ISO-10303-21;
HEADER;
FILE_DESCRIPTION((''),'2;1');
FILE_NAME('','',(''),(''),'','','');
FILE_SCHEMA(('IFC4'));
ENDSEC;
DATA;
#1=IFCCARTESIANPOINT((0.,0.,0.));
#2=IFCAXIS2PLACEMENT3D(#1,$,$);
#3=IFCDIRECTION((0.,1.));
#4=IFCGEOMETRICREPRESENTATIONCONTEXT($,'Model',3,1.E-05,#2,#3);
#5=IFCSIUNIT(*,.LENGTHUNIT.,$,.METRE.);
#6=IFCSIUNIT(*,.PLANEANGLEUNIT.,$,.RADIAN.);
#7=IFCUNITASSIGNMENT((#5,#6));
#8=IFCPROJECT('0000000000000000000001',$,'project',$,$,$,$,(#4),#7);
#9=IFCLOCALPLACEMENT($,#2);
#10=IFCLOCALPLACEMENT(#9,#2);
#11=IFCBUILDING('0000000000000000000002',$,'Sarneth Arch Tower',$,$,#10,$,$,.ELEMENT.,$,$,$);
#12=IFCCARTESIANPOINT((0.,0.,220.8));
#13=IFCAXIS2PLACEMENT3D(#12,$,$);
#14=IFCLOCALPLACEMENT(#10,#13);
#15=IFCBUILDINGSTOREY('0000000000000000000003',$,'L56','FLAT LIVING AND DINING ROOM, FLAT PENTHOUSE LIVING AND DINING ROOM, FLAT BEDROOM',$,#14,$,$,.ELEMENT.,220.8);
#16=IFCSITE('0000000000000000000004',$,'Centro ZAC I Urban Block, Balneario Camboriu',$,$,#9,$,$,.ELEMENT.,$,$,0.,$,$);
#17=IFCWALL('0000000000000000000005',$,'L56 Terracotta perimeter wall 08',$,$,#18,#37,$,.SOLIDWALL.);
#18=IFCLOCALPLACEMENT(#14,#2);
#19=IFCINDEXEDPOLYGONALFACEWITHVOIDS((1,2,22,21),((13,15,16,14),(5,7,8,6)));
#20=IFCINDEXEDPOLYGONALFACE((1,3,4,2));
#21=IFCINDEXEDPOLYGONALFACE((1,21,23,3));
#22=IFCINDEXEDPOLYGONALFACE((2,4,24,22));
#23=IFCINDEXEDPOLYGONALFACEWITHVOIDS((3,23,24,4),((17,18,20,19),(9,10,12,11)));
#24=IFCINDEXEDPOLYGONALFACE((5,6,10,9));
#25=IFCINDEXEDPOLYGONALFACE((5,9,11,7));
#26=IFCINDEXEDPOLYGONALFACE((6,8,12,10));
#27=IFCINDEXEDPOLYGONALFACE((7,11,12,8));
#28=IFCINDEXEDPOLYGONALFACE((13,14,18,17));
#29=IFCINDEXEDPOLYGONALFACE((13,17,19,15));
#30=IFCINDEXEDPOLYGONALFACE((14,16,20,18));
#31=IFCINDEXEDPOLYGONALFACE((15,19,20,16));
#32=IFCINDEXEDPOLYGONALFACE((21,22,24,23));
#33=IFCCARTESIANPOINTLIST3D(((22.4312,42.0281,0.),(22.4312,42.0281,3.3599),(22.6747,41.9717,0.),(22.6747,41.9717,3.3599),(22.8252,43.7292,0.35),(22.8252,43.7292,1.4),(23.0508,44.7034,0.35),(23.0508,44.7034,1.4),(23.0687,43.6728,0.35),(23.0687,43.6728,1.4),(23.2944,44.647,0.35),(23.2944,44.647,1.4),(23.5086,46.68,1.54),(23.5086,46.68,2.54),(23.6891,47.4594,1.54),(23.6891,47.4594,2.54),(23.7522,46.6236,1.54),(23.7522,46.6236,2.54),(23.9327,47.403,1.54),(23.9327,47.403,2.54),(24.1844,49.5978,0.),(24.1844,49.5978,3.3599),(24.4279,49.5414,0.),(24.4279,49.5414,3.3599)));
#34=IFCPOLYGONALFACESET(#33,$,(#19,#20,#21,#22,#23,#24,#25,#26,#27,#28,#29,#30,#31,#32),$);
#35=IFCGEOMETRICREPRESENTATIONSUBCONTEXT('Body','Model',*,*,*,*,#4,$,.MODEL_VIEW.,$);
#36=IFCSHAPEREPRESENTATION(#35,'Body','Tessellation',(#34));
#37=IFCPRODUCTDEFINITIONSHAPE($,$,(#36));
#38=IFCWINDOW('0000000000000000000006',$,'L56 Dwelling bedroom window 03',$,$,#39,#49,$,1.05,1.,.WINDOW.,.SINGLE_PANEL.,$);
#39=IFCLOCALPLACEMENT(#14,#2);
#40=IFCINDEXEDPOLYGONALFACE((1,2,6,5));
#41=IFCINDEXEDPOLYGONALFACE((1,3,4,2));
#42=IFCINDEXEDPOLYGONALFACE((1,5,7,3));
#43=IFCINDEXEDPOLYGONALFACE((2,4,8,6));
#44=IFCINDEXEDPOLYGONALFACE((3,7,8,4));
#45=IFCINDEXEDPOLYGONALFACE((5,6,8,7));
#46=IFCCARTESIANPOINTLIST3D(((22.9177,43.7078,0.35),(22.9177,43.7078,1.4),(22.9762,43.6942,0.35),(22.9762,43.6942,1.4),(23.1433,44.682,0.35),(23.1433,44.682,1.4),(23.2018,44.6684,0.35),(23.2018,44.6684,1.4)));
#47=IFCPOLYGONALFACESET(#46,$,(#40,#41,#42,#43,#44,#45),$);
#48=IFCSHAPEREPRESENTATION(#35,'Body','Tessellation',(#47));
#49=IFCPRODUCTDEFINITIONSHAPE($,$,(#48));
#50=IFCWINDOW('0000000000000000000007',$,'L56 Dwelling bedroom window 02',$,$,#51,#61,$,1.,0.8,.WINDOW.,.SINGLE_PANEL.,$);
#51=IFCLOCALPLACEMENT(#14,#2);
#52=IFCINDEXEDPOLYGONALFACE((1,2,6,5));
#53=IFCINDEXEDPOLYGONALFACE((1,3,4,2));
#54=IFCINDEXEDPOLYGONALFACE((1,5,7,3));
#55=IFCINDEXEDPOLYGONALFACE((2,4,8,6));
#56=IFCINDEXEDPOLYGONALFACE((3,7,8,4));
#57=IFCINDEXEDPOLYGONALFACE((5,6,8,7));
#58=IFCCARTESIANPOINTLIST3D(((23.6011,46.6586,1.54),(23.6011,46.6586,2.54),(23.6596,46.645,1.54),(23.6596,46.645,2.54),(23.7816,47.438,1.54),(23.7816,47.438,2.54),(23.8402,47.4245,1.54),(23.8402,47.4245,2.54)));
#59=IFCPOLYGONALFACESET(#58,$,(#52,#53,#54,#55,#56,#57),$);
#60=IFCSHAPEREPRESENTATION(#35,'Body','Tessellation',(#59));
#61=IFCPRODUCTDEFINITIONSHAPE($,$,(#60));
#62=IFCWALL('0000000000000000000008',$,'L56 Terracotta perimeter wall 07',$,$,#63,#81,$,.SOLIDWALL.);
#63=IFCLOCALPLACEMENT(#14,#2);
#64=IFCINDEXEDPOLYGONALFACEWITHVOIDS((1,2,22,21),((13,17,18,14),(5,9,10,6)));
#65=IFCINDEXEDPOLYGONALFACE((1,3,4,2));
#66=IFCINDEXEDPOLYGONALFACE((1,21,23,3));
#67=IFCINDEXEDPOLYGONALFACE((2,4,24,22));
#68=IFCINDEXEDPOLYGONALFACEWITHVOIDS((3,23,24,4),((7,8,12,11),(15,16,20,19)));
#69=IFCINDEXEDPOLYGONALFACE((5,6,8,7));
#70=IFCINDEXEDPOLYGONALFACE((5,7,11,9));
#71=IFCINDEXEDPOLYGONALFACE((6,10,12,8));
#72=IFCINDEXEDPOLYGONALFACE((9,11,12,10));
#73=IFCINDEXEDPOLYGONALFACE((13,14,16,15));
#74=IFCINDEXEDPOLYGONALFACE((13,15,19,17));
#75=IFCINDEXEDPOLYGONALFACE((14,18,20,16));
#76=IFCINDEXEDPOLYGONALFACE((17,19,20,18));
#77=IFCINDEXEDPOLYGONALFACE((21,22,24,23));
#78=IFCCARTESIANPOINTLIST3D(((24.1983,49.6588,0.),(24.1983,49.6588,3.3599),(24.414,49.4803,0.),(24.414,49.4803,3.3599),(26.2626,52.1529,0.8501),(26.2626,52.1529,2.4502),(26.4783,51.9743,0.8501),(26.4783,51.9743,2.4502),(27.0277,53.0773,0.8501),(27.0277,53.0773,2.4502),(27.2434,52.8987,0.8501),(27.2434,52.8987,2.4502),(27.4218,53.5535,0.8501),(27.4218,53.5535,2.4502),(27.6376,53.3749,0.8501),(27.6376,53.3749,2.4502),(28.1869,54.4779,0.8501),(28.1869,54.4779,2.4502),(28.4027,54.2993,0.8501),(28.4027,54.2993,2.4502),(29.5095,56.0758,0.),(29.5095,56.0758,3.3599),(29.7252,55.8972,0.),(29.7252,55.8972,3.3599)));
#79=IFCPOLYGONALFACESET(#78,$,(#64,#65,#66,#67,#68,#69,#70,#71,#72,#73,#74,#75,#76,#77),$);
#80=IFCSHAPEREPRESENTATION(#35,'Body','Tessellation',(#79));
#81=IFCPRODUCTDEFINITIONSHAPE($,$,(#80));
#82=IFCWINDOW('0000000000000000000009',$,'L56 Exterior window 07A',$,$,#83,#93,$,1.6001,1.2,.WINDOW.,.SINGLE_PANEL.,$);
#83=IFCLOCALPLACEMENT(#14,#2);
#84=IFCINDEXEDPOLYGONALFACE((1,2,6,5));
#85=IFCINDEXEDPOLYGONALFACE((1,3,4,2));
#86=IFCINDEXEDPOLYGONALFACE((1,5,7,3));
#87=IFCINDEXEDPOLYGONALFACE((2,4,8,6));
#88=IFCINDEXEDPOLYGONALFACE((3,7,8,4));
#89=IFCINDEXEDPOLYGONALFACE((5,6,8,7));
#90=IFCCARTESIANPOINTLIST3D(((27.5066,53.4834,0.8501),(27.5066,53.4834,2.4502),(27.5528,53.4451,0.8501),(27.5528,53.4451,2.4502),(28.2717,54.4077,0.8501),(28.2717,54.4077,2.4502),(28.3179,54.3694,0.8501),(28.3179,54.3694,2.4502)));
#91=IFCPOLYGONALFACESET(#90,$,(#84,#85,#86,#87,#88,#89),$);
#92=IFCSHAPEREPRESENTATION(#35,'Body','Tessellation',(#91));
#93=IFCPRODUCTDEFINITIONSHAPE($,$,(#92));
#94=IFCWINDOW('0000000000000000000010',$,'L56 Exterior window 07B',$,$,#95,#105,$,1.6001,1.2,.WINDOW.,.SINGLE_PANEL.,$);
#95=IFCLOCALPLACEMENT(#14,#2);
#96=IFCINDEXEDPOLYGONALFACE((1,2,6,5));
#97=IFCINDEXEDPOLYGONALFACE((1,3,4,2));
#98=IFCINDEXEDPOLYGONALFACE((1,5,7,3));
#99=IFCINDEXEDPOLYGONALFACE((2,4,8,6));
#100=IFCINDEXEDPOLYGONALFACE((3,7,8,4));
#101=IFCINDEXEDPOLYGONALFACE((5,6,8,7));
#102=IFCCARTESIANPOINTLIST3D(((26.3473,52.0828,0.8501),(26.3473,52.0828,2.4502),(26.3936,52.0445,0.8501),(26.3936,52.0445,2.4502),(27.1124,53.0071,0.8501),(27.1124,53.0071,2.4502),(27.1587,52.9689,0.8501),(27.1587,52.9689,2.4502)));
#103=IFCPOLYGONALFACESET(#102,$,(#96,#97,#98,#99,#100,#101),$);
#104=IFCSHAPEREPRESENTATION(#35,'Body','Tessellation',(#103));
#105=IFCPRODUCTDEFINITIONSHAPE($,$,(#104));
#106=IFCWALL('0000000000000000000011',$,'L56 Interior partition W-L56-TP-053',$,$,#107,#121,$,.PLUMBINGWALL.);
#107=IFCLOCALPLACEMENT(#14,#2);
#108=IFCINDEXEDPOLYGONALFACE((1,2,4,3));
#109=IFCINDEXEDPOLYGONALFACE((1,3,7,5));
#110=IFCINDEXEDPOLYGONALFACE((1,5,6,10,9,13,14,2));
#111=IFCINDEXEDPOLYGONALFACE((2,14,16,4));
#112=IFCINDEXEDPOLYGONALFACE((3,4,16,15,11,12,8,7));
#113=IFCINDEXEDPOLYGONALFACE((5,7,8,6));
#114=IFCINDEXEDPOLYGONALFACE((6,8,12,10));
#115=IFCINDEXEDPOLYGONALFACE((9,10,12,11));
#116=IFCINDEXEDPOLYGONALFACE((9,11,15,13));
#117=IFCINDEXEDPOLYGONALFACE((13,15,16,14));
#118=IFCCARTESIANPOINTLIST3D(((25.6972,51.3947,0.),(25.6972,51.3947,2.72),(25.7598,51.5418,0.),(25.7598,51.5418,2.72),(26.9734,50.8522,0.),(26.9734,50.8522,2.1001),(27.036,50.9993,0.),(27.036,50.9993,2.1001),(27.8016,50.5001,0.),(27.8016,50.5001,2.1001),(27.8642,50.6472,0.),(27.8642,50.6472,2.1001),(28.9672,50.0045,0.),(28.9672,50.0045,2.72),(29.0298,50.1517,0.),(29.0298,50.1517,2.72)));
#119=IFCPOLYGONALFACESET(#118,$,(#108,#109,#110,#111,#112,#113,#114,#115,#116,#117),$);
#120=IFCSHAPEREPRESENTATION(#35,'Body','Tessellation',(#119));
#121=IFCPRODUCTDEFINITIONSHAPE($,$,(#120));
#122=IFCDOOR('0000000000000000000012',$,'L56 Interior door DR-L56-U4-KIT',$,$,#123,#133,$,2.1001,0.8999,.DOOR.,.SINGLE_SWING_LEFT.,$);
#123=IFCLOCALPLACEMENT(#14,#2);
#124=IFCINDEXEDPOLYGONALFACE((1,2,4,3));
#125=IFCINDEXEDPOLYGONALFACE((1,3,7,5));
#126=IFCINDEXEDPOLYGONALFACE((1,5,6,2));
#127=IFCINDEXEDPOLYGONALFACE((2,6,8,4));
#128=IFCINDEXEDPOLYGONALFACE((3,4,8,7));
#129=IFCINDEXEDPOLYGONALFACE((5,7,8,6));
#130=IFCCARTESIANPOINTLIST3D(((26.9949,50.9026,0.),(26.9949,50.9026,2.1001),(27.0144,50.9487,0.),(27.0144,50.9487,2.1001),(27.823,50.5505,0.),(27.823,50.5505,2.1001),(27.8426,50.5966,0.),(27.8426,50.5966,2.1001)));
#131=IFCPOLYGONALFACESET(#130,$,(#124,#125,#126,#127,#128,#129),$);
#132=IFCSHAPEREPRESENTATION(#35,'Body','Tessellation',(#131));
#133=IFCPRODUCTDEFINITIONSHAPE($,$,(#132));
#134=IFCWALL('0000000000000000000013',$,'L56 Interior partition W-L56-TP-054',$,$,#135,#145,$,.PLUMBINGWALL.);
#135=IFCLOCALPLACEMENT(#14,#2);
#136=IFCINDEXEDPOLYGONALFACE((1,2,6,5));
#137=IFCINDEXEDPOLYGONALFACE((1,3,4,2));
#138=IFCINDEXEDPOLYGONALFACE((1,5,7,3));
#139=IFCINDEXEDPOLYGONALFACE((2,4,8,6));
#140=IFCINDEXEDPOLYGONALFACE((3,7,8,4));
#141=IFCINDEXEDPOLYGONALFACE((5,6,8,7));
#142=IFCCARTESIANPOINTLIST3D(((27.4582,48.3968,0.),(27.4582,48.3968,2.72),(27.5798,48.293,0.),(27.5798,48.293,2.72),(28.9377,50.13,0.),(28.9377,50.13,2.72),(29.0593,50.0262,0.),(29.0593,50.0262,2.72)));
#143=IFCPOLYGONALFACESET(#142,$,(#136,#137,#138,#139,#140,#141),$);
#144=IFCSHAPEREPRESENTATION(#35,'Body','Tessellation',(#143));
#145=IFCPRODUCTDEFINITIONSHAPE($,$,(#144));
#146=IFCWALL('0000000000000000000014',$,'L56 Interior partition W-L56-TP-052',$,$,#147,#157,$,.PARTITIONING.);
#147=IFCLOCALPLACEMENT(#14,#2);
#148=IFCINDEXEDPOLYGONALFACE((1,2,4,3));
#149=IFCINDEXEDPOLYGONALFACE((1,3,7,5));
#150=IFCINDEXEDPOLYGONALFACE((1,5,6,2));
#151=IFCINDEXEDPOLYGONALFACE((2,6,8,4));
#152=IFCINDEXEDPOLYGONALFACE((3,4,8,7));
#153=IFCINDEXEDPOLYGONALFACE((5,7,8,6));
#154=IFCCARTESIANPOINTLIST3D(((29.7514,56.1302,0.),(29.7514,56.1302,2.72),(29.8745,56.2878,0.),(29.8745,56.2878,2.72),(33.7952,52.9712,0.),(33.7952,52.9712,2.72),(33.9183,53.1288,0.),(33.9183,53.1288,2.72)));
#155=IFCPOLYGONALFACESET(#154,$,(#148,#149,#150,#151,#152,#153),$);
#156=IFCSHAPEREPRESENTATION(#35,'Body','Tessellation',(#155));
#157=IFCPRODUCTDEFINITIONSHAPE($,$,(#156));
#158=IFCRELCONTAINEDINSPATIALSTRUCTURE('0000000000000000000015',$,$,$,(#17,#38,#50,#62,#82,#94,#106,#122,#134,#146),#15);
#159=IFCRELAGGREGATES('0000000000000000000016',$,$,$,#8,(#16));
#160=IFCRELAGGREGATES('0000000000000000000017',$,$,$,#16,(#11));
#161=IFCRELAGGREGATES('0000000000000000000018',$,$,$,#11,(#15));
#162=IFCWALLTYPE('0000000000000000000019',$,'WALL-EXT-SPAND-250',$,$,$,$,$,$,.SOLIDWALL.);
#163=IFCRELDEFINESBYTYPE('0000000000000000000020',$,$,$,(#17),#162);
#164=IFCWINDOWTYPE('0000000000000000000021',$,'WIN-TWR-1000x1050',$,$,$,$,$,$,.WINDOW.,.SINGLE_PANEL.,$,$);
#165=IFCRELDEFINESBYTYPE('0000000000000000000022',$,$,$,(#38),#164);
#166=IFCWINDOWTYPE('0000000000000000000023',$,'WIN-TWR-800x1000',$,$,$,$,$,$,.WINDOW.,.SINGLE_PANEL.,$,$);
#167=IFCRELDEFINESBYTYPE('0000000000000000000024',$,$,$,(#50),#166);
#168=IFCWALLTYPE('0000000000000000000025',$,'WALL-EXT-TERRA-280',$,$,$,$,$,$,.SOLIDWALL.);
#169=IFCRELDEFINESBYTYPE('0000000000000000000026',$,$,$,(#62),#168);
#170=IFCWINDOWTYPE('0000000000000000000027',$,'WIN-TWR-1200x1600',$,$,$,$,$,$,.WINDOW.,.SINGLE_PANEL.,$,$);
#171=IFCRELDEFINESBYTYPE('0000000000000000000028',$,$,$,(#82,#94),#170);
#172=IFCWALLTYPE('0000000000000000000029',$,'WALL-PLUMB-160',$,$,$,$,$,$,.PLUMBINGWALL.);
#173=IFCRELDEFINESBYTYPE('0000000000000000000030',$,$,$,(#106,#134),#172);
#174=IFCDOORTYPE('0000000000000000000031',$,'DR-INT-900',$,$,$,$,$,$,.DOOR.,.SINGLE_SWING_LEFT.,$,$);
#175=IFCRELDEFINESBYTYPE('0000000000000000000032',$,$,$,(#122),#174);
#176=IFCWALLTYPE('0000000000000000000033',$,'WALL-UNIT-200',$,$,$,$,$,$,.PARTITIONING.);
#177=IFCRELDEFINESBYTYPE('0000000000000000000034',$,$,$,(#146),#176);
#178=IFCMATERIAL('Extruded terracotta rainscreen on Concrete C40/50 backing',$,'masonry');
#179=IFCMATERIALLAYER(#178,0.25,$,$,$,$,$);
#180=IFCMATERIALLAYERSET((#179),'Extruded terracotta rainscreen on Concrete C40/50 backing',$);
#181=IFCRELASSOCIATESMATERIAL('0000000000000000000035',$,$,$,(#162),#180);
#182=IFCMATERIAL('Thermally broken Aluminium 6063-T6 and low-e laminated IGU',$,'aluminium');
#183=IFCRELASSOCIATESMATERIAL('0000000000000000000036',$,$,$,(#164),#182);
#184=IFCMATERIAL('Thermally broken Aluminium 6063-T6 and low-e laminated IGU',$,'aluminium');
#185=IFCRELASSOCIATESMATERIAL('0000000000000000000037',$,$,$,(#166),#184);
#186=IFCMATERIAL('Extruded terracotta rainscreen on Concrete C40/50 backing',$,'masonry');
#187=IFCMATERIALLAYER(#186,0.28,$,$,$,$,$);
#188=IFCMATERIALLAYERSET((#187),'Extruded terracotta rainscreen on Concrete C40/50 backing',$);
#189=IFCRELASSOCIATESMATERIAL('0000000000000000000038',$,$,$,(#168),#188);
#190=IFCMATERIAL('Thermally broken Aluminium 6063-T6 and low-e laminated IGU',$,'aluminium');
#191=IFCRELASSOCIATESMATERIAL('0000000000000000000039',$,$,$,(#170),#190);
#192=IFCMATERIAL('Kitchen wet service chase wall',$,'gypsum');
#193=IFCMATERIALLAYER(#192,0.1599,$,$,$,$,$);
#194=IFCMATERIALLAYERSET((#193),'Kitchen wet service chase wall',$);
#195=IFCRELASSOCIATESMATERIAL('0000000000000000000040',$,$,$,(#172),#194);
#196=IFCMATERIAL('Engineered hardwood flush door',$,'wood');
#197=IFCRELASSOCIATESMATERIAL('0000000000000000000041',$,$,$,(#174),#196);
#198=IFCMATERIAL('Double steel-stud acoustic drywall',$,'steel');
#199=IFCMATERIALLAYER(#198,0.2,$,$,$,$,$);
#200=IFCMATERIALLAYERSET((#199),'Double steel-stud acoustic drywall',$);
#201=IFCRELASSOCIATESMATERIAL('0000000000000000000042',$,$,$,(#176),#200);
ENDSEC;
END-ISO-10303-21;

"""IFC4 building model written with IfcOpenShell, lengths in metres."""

from ifc_helpers import new_model, si_unit, direction, frame, frame_2d, origin, place, context, subcontext, project, spatial, rectangle, extrude, material, layer, layer_set, type_object, element, fill, save


model = new_model("IFC4")

# Units and contexts
model_context = context("Model", 3, precision=1e-05, world=origin(), true_north=direction((0.0, 1.0)))
body_context = subcontext(model_context, "Body", "Model", "MODEL_VIEW")
ifc_project = project(units=[si_unit("LENGTHUNIT", "METRE"), si_unit("PLANEANGLEUNIT", "RADIAN")], contexts=[model_context])

# Site, building, storey
site_placement = place(None, origin())
site = spatial("IfcSite", under=ifc_project, at=site_placement, Name="Centro ZAC I Urban Block, Balneario Camboriu", CompositionType="ELEMENT", RefElevation=0.0)
building_placement = place(site_placement, origin())
building = spatial("IfcBuilding", under=site, at=building_placement, Name="Sarneth Arch Tower", CompositionType="ELEMENT")
storey_placement = place(building_placement, frame((0.0, 0.0, 220.8)))
storey = spatial("IfcBuildingStorey", under=building, at=storey_placement, Name="L56", Description="FLAT LIVING AND DINING ROOM, FLAT PENTHOUSE LIVING AND DINING ROOM, FLAT BEDROOM", CompositionType="ELEMENT", Elevation=220.8)

# Walls, openings, windows
ifc_material_1 = material(Name="Extruded terracotta rainscreen on Concrete C40/50 backing", Category="masonry")
ifc_layer_1 = layer(ifc_material_1, 0.25)
ifc_layer_set_1 = layer_set([ifc_layer_1], Name="Extruded terracotta rainscreen on Concrete C40/50 backing")
wall_type_1 = type_object("IfcWallType", Name="WALL-EXT-SPAND-250", PredefinedType="SOLIDWALL", material=ifc_layer_set_1)
wall_1_placement = place(storey_placement, frame((24.3062, 49.5696, 0.0), z_axis=(0.0, 0.0, 1.0), x_axis=(-0.225635, -0.974212, 0.0)))
wall_1 = element("IfcWall", 1, at=wall_1_placement, inside=storey, type_object=wall_type_1, Name="L56 Terracotta perimeter wall 08", PredefinedType="SOLIDWALL", context=body_context, shape_type="SweptSolid", body=[
    extrude(rectangle(XDim=7.77, YDim=0.25, at=frame_2d((3.885, 0.0))), origin(), (0.0, 0.0, 1.0), 3.3599),
])
opening_1_placement = place(wall_1_placement, frame((2.1951, 0.0, 1.54)))
opening_1 = element("IfcOpeningElement", 2, at=opening_1_placement, cuts=wall_1, PredefinedType="OPENING", context=body_context, shape_type="SweptSolid", body=[
    extrude(rectangle(XDim=0.8, YDim=1.0, at=frame_2d((0.3999, 0.5))), frame((0.0, 0.135, 0.0), z_axis=(0.0, -1.0, 0.0), x_axis=(1.0, 0.0, 0.0)), (0.0, 0.0, 1.0), 0.27),
])
opening_2_placement = place(wall_1_placement, frame((5.0239, 0.0, 0.3501)))
opening_2 = element("IfcOpeningElement", 3, at=opening_2_placement, cuts=wall_1, PredefinedType="OPENING", context=body_context, shape_type="SweptSolid", body=[
    extrude(rectangle(XDim=1.0, YDim=1.05, at=frame_2d((0.5, 0.5249))), frame((0.0, 0.135, 0.0), z_axis=(0.0, -1.0, 0.0), x_axis=(1.0, 0.0, 0.0)), (0.0, 0.0, 1.0), 0.27),
])
ifc_material_2 = material(Name="Thermally broken Aluminium 6063-T6 and low-e laminated IGU", Category="aluminium")
window_type_1 = type_object("IfcWindowType", Name="WIN-TWR-1000x1050", PartitioningType="SINGLE_PANEL", PredefinedType="WINDOW", material=ifc_material_2)
window_1_placement = place(opening_2_placement, origin())
window_1 = element("IfcWindow", 4, at=window_1_placement, inside=storey, type_object=window_type_1, Name="L56 Dwelling bedroom window 03", OverallHeight=1.05, OverallWidth=1.0, PartitioningType="SINGLE_PANEL", PredefinedType="WINDOW", context=body_context, shape_type="SweptSolid", body=[
    extrude(rectangle(XDim=1.0, YDim=1.05, at=frame_2d((0.5, 0.5249))), frame((0.0, 0.03, 0.0), z_axis=(0.0, -1.0, 0.0), x_axis=(1.0, 0.0, 0.0)), (0.0, 0.0, 1.0), 0.0601),
])
fill(opening_2, window_1)
ifc_material_3 = material(Name="Thermally broken Aluminium 6063-T6 and low-e laminated IGU", Category="aluminium")
window_type_2 = type_object("IfcWindowType", Name="WIN-TWR-800x1000", PartitioningType="SINGLE_PANEL", PredefinedType="WINDOW", material=ifc_material_3)
window_2_placement = place(opening_1_placement, origin())
window_2 = element("IfcWindow", 5, at=window_2_placement, inside=storey, type_object=window_type_2, Name="L56 Dwelling bedroom window 02", OverallHeight=1.0, OverallWidth=0.8, PartitioningType="SINGLE_PANEL", PredefinedType="WINDOW", context=body_context, shape_type="SweptSolid", body=[
    extrude(rectangle(XDim=0.8, YDim=1.0, at=frame_2d((0.3999, 0.5))), frame((0.0, 0.03, 0.0), z_axis=(0.0, -1.0, 0.0), x_axis=(1.0, 0.0, 0.0)), (0.0, 0.0, 1.0), 0.0601),
])
fill(opening_1, window_2)
ifc_material_4 = material(Name="Extruded terracotta rainscreen on Concrete C40/50 backing", Category="masonry")
ifc_layer_2 = layer(ifc_material_4, 0.28)
ifc_layer_set_2 = layer_set([ifc_layer_2], Name="Extruded terracotta rainscreen on Concrete C40/50 backing")
wall_type_2 = type_object("IfcWallType", Name="WALL-EXT-TERRA-280", PredefinedType="SOLIDWALL", material=ifc_layer_set_2)
wall_2_placement = place(storey_placement, frame((29.6174, 55.9866, 0.0), z_axis=(0.0, 0.0, 1.0), x_axis=(-0.637615, -0.770355, 0.0)))
wall_2 = element("IfcWall", 6, at=wall_2_placement, inside=storey, type_object=wall_type_2, Name="L56 Terracotta perimeter wall 07", PredefinedType="SOLIDWALL", context=body_context, shape_type="SweptSolid", body=[
    extrude(rectangle(XDim=8.3298, YDim=0.28, at=frame_2d((4.165, 0.0))), origin(), (0.0, 0.0, 1.0), 3.3599),
])
opening_3_placement = place(wall_2_placement, frame((2.0742, 0.0, 0.8501)))
opening_3 = element("IfcOpeningElement", 7, at=opening_3_placement, cuts=wall_2, PredefinedType="OPENING", context=body_context, shape_type="SweptSolid", body=[
    extrude(rectangle(XDim=1.2, YDim=1.6001, at=frame_2d((0.6001, 0.8))), frame((0.0, 0.1499, 0.0), z_axis=(0.0, -1.0, 0.0), x_axis=(1.0, 0.0, 0.0)), (0.0, 0.0, 1.0), 0.3),
])
opening_4_placement = place(wall_2_placement, frame((3.8923, 0.0, 0.8501)))
opening_4 = element("IfcOpeningElement", 8, at=opening_4_placement, cuts=wall_2, PredefinedType="OPENING", context=body_context, shape_type="SweptSolid", body=[
    extrude(rectangle(XDim=1.2, YDim=1.6001, at=frame_2d((0.6001, 0.8))), frame((0.0, 0.1499, 0.0), z_axis=(0.0, -1.0, 0.0), x_axis=(1.0, 0.0, 0.0)), (0.0, 0.0, 1.0), 0.3),
])
ifc_material_5 = material(Name="Thermally broken Aluminium 6063-T6 and low-e laminated IGU", Category="aluminium")
window_type_3 = type_object("IfcWindowType", Name="WIN-TWR-1200x1600", PartitioningType="SINGLE_PANEL", PredefinedType="WINDOW", material=ifc_material_5)
window_3_placement = place(opening_3_placement, origin())
window_3 = element("IfcWindow", 9, at=window_3_placement, inside=storey, type_object=window_type_3, Name="L56 Exterior window 07A", OverallHeight=1.6001, OverallWidth=1.2, PartitioningType="SINGLE_PANEL", PredefinedType="WINDOW", context=body_context, shape_type="SweptSolid", body=[
    extrude(rectangle(XDim=1.2, YDim=1.6001, at=frame_2d((0.6001, 0.8))), frame((0.0, 0.03, 0.0), z_axis=(0.0, -1.0, 0.0), x_axis=(1.0, 0.0, 0.0)), (0.0, 0.0, 1.0), 0.0601),
])
fill(opening_3, window_3)
window_4_placement = place(opening_4_placement, origin())
window_4 = element("IfcWindow", 10, at=window_4_placement, inside=storey, type_object=window_type_3, Name="L56 Exterior window 07B", OverallHeight=1.6001, OverallWidth=1.2, PartitioningType="SINGLE_PANEL", PredefinedType="WINDOW", context=body_context, shape_type="SweptSolid", body=[
    extrude(rectangle(XDim=1.2, YDim=1.6001, at=frame_2d((0.6001, 0.8))), frame((0.0, 0.03, 0.0), z_axis=(0.0, -1.0, 0.0), x_axis=(1.0, 0.0, 0.0)), (0.0, 0.0, 1.0), 0.0601),
])
fill(opening_4, window_4)

# Wall, opening, door
ifc_material_6 = material(Name="Kitchen wet service chase wall", Category="gypsum")
ifc_layer_3 = layer(ifc_material_6, 0.1599)
ifc_layer_set_3 = layer_set([ifc_layer_3], Name="Kitchen wet service chase wall")
wall_type_3 = type_object("IfcWallType", Name="WALL-PLUMB-160", PredefinedType="PLUMBINGWALL", material=ifc_layer_set_3)
wall_3_placement = place(storey_placement, frame((25.7285, 51.4683, 0.0), z_axis=(0.0, 0.0, 1.0), x_axis=(0.920293, -0.391231, 0.0)))
wall_3 = element("IfcWall", 11, at=wall_3_placement, inside=storey, type_object=wall_type_3, Name="L56 Interior partition W-L56-TP-053", PredefinedType="PLUMBINGWALL", context=body_context, shape_type="SweptSolid", body=[
    extrude(rectangle(XDim=3.5532, YDim=0.1599, at=frame_2d((1.7766, 0.0))), origin(), (0.0, 0.0, 1.0), 2.72),
])
opening_5_placement = place(wall_3_placement, frame((1.3867, 0.0, 0.0)))
opening_5 = element("IfcOpeningElement", 12, at=opening_5_placement, cuts=wall_3, PredefinedType="OPENING", context=body_context, shape_type="SweptSolid", body=[
    extrude(rectangle(XDim=0.8999, YDim=2.1001, at=frame_2d((0.45, 1.05))), frame((0.0, 0.0898, 0.0), z_axis=(0.0, -1.0, 0.0), x_axis=(1.0, 0.0, 0.0)), (0.0, 0.0, 1.0), 0.1799),
])
ifc_material_7 = material(Name="Engineered hardwood flush door", Category="wood")
door_type_1 = type_object("IfcDoorType", Name="DR-INT-900", OperationType="SINGLE_SWING_LEFT", PredefinedType="DOOR", material=ifc_material_7)
door_1_placement = place(opening_5_placement, origin())
door_1 = element("IfcDoor", 13, at=door_1_placement, inside=storey, type_object=door_type_1, Name="L56 Interior door DR-L56-U4-KIT", OperationType="SINGLE_SWING_LEFT", OverallHeight=2.1001, OverallWidth=0.8999, PredefinedType="DOOR", context=body_context, shape_type="SweptSolid", body=[
    extrude(rectangle(XDim=0.8999, YDim=2.1001, at=frame_2d((0.45, 1.05))), frame((0.0, 0.0249, 0.0), z_axis=(0.0, -1.0, 0.0), x_axis=(1.0, 0.0, 0.0)), (0.0, 0.0, 1.0), 0.05),
])
fill(opening_5, door_1)

# Walls
wall_4_placement = place(storey_placement, frame((28.9985, 50.0781, 0.0), z_axis=(0.0, 0.0, 1.0), x_axis=(-0.649255, -0.760571, 0.0)))
element("IfcWall", 14, at=wall_4_placement, inside=storey, type_object=wall_type_3, Name="L56 Interior partition W-L56-TP-054", PredefinedType="PLUMBINGWALL", context=body_context, shape_type="SweptSolid", body=[
    extrude(rectangle(XDim=2.2788, YDim=0.1599, at=frame_2d((1.1394, 0.0))), origin(), (0.0, 0.0, 1.0), 2.72),
])
ifc_material_8 = material(Name="Double steel-stud acoustic drywall", Category="steel")
ifc_layer_4 = layer(ifc_material_8, 0.2)
ifc_layer_set_4 = layer_set([ifc_layer_4], Name="Double steel-stud acoustic drywall")
wall_type_4 = type_object("IfcWallType", Name="WALL-UNIT-200", PredefinedType="PARTITIONING", material=ifc_layer_set_4)
wall_5_placement = place(storey_placement, frame((29.813, 56.209, 0.0), z_axis=(0.0, 0.0, 1.0), x_axis=(0.788044, -0.615619, 0.0)))
element("IfcWall", 15, at=wall_5_placement, inside=storey, type_object=wall_type_4, Name="L56 Interior partition W-L56-TP-052", PredefinedType="PARTITIONING", context=body_context, shape_type="SweptSolid", body=[
    extrude(rectangle(XDim=5.1313, YDim=0.2, at=frame_2d((2.5657, 0.0))), origin(), (0.0, 0.0, 1.0), 2.72),
])

save(model, "model.ifc")
